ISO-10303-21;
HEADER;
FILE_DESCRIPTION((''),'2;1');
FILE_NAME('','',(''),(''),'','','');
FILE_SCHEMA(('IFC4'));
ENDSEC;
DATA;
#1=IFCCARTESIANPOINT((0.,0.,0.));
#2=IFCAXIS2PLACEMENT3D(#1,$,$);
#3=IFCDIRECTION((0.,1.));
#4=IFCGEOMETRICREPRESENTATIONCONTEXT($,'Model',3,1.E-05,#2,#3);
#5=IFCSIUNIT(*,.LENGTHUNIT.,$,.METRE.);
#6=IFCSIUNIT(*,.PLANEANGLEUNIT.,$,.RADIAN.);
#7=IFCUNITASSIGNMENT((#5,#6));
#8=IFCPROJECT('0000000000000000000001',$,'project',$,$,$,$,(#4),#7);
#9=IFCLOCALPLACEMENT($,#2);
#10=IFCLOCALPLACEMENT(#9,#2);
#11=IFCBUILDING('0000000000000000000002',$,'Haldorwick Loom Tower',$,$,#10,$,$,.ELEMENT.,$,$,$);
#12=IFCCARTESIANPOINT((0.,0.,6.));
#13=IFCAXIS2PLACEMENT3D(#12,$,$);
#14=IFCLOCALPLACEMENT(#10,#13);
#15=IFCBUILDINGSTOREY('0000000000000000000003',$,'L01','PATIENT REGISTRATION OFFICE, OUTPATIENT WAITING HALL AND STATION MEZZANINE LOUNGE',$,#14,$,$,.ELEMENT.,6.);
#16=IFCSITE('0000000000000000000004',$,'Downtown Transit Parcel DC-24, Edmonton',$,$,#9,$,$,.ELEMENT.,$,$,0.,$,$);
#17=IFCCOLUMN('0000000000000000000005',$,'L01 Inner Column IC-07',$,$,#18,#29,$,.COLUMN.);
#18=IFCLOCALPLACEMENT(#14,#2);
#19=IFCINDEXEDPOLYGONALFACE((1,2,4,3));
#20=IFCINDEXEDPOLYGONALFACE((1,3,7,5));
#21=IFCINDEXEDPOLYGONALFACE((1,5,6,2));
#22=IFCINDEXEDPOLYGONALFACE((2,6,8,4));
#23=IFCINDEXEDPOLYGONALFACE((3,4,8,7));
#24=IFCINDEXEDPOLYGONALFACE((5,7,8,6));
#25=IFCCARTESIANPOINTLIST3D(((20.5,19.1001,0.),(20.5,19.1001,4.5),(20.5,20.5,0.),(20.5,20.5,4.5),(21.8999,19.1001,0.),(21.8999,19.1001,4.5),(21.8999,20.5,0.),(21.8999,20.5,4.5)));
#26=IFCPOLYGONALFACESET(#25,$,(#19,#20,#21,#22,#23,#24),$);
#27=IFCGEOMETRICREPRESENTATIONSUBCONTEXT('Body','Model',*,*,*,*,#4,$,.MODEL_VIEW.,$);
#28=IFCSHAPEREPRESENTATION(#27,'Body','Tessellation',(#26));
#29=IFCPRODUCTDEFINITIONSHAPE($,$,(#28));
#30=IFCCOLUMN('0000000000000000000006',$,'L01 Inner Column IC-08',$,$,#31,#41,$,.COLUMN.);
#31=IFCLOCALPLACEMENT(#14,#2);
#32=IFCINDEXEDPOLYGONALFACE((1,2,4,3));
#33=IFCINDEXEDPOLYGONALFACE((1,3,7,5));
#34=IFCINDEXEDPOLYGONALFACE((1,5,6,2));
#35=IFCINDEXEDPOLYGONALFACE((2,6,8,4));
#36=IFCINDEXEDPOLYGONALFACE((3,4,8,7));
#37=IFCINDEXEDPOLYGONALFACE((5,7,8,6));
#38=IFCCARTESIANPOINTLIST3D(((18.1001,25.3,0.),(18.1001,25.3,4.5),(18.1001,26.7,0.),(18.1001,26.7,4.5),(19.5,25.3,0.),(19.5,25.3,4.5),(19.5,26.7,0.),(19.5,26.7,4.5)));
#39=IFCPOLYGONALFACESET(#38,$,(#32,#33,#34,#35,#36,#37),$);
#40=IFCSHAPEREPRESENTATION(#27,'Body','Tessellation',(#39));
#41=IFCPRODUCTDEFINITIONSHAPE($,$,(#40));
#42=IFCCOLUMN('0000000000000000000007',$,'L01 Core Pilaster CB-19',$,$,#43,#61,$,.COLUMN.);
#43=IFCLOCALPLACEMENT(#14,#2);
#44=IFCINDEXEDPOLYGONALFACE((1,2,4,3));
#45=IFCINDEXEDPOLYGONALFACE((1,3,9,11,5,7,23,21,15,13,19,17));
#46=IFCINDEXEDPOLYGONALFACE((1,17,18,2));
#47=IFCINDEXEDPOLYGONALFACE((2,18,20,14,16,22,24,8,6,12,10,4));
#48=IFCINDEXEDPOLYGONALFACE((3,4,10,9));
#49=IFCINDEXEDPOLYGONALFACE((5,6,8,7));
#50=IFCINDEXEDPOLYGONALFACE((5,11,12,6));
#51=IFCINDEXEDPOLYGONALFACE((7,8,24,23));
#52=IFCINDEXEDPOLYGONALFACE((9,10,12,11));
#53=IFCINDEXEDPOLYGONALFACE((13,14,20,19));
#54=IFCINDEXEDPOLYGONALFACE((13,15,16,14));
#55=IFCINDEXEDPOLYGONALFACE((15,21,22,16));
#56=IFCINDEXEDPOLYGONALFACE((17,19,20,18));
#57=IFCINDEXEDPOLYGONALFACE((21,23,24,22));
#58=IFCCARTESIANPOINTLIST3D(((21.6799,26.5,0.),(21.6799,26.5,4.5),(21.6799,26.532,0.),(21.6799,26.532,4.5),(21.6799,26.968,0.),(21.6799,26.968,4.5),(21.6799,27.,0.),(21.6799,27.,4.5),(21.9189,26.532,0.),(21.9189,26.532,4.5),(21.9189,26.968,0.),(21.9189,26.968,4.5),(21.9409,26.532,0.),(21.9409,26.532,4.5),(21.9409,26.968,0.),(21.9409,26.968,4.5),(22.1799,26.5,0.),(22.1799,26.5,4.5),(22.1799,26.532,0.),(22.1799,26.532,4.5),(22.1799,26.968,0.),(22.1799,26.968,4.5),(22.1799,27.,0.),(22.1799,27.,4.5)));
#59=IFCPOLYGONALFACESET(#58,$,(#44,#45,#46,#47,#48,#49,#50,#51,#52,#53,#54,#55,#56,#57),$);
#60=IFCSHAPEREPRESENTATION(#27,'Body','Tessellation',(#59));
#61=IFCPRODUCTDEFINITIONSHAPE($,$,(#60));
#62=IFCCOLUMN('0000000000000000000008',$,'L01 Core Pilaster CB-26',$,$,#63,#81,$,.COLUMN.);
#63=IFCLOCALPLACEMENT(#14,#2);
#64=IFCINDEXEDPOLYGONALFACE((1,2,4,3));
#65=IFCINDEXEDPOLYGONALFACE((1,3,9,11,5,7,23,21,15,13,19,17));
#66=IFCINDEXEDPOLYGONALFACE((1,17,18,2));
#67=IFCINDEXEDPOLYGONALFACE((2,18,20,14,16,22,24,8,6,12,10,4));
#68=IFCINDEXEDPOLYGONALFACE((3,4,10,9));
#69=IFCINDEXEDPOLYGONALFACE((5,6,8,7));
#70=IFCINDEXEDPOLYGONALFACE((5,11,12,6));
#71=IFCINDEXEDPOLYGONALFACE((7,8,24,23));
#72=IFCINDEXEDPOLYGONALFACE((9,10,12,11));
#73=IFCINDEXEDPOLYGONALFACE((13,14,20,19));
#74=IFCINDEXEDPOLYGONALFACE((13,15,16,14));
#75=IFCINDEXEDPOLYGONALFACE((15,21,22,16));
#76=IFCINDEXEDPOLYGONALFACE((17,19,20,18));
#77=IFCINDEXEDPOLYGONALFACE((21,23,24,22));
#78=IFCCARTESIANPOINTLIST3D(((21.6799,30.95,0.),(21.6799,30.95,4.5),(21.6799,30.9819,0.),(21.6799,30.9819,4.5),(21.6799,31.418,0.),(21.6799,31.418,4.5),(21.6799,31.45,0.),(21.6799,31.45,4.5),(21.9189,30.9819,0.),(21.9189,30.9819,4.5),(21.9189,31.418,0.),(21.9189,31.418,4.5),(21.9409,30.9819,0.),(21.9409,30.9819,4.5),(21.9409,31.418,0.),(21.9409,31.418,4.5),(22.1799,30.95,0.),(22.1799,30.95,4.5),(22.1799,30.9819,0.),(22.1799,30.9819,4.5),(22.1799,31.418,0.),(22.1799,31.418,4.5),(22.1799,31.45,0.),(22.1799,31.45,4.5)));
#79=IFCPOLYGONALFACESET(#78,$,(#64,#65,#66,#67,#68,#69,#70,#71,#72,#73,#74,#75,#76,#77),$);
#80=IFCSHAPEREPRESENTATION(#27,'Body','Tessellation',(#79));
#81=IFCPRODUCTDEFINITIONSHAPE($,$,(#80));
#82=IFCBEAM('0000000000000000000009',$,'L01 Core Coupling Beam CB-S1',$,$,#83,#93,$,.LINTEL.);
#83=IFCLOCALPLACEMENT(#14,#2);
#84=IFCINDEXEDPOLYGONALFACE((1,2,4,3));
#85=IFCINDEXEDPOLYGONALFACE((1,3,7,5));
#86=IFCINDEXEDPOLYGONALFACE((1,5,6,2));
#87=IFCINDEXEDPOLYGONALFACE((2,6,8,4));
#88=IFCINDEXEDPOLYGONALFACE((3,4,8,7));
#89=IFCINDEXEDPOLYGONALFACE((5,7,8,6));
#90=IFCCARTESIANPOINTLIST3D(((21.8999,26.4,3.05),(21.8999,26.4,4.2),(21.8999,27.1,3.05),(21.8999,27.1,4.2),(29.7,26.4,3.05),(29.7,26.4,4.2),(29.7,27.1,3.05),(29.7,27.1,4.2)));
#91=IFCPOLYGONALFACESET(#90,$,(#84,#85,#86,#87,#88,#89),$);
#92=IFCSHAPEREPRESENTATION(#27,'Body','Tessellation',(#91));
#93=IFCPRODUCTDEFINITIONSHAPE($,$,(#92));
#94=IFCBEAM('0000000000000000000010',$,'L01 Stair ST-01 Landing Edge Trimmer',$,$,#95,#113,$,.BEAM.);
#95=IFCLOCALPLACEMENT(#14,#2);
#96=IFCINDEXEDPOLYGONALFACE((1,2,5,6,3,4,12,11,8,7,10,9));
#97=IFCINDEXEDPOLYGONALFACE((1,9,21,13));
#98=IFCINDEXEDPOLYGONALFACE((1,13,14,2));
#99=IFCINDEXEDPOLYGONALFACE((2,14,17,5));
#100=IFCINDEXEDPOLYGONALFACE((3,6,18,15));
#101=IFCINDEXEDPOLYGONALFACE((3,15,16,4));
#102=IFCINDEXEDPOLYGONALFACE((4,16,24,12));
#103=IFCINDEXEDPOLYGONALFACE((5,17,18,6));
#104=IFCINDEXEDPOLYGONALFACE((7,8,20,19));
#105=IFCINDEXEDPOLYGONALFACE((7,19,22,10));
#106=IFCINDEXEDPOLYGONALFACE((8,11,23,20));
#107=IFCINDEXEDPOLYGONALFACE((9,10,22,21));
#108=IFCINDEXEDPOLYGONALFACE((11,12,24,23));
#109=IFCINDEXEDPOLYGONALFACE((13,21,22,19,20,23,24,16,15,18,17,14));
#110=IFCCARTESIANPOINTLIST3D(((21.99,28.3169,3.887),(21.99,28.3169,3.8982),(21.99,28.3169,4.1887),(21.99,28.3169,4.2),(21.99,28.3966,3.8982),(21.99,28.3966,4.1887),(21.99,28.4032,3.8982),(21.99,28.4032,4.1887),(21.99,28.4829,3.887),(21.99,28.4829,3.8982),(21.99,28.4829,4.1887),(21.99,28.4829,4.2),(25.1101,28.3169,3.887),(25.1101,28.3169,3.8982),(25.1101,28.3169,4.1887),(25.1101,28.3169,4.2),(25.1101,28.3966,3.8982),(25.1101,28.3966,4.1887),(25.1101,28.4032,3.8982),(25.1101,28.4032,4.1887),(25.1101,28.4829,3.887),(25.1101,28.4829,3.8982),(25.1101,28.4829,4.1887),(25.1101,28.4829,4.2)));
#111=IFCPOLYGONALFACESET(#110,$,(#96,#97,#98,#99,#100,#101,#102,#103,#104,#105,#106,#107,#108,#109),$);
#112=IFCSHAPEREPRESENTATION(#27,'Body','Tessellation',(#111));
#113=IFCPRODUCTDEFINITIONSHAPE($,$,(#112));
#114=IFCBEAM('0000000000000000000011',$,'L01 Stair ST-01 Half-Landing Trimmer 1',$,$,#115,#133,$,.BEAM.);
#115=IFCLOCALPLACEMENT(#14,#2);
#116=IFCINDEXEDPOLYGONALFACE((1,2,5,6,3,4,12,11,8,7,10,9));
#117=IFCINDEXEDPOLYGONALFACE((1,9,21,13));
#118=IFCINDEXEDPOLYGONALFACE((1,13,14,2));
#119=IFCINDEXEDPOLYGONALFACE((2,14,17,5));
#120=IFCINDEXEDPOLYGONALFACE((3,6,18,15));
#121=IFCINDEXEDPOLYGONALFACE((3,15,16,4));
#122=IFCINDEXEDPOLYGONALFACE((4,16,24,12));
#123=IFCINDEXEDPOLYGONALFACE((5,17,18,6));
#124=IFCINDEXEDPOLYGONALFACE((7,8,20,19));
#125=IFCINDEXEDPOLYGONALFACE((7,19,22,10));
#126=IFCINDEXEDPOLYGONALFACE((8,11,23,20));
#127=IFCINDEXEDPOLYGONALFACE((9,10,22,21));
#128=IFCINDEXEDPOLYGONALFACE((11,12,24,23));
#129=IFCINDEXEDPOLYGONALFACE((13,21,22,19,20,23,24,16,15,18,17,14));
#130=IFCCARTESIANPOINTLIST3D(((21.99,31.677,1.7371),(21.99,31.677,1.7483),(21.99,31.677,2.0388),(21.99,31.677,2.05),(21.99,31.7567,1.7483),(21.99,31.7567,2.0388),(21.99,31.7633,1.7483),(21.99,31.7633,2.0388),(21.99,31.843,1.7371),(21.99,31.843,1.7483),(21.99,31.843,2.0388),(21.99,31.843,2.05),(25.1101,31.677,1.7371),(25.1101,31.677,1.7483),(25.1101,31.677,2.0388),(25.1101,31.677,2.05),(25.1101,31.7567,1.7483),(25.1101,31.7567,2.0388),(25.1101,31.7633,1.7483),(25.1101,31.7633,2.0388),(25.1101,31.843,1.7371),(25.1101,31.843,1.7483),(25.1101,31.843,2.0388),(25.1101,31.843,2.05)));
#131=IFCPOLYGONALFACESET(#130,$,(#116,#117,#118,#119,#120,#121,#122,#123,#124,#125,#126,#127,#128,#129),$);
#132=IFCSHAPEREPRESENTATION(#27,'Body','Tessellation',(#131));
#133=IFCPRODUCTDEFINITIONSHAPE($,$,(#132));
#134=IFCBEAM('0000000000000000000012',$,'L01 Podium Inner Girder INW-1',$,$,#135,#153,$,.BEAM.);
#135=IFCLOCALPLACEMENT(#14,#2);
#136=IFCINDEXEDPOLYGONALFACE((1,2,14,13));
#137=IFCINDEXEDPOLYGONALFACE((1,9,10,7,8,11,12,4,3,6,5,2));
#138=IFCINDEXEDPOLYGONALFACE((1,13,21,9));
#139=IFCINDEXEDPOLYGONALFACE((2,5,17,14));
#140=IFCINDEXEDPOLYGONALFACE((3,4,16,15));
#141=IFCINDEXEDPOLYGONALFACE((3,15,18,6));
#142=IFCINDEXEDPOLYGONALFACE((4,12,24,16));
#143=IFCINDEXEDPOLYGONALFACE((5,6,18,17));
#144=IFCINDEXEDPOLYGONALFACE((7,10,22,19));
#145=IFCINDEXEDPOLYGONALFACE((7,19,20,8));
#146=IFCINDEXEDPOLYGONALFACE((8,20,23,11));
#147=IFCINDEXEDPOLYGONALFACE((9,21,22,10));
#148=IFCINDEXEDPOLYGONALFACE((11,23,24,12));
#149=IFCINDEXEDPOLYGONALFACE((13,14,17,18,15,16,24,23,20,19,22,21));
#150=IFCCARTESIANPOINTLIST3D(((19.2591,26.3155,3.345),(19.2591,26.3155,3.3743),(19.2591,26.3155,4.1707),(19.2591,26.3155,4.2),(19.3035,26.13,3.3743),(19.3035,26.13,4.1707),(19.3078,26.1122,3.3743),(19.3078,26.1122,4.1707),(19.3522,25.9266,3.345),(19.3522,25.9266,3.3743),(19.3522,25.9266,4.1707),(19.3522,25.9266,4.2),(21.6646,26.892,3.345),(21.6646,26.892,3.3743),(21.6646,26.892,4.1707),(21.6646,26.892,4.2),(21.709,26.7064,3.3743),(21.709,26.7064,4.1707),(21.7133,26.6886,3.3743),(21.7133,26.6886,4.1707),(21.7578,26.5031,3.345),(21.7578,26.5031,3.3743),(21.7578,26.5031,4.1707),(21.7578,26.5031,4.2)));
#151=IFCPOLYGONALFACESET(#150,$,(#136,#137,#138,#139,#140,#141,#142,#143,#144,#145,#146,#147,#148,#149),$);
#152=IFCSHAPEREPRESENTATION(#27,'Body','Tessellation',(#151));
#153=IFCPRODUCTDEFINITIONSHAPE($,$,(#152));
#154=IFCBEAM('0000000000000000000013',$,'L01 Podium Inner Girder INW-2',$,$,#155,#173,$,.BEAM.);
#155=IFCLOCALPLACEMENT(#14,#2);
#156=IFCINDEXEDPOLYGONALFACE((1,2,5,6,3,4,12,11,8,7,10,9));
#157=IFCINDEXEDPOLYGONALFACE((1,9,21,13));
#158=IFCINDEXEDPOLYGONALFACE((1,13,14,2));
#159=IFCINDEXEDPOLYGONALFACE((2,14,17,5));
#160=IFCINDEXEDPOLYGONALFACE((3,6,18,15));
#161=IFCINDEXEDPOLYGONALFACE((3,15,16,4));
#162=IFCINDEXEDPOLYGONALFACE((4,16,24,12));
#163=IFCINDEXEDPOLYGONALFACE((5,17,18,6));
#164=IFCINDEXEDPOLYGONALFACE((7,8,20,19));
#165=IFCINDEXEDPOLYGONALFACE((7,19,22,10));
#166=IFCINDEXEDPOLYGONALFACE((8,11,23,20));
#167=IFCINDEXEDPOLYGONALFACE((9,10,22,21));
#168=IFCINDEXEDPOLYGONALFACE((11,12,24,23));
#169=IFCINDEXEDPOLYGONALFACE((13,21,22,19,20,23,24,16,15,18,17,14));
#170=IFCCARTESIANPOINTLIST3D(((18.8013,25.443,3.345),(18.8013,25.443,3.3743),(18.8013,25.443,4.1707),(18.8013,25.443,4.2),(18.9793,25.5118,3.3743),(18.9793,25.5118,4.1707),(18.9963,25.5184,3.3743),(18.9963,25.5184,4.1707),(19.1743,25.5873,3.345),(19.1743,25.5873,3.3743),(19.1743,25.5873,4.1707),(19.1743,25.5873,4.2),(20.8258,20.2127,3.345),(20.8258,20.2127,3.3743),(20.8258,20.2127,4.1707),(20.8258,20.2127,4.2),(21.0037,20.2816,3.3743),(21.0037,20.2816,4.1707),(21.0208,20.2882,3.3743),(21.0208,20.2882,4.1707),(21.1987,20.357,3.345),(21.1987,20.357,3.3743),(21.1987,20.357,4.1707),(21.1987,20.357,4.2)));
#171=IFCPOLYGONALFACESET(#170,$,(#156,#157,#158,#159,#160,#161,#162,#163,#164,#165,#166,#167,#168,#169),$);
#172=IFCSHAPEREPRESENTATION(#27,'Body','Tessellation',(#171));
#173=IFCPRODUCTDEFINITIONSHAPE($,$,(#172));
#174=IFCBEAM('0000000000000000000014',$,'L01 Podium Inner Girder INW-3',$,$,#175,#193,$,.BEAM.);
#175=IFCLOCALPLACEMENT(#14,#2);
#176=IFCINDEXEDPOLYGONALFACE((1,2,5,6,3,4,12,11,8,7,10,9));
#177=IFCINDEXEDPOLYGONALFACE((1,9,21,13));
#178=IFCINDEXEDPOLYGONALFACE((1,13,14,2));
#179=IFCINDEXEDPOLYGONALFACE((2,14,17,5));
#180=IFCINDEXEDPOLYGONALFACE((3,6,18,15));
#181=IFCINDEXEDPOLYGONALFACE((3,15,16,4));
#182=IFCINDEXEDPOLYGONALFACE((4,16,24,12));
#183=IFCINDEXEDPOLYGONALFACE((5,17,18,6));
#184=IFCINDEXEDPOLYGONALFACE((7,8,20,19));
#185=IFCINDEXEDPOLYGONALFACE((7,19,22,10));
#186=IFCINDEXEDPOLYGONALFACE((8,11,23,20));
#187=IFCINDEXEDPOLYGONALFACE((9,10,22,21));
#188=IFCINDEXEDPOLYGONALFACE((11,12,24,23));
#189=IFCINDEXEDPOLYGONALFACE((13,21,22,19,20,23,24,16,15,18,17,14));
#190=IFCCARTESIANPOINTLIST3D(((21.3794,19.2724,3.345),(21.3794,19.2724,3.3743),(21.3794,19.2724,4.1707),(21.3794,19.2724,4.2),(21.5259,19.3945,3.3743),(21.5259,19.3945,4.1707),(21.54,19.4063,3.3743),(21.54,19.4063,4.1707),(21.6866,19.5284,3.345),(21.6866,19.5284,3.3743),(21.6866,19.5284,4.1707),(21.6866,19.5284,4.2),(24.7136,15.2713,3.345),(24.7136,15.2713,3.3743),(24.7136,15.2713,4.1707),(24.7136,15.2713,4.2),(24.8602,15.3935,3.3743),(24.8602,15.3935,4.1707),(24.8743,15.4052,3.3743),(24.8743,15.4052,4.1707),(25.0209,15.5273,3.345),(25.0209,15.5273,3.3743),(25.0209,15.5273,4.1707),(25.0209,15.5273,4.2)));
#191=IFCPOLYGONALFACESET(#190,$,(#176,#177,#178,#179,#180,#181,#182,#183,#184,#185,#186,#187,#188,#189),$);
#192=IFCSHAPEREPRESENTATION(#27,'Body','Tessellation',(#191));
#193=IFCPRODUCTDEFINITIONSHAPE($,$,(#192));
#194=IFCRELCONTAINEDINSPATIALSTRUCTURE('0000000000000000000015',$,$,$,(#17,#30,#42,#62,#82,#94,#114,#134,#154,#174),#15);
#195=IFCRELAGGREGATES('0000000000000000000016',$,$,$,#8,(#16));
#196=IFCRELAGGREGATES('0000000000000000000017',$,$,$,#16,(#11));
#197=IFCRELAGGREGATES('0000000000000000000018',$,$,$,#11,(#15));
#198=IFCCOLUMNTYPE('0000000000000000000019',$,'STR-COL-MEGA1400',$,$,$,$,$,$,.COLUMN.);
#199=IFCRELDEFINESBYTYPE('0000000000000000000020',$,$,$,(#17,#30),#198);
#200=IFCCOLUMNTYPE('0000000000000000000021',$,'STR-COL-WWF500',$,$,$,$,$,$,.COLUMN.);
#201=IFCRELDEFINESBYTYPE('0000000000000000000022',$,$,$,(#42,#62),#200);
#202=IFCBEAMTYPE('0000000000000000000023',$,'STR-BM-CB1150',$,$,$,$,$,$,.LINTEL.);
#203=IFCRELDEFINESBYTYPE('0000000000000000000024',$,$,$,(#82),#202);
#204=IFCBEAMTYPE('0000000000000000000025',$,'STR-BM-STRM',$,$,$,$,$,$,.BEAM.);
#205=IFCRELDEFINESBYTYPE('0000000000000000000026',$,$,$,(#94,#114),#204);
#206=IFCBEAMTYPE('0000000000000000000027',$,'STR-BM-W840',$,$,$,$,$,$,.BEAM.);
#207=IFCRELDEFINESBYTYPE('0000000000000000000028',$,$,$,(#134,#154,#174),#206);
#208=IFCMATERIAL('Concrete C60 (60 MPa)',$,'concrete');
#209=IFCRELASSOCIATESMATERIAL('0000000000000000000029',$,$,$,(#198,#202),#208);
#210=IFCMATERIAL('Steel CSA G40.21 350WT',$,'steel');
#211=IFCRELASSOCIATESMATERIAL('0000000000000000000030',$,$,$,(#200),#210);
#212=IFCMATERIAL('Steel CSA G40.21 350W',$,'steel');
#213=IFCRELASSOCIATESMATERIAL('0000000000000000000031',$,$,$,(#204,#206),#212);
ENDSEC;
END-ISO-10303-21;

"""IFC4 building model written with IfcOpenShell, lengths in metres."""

from ifc_helpers import new_model, si_unit, direction, frame, origin, origin_2d, place, context, subcontext, project, spatial, rectangle, i_section, extrude, material, material_profile, profile_set, type_object, element, save


model = new_model("IFC4")

# Units and contexts
model_context = context("Model", 3, precision=1e-05, world=origin(), true_north=direction((0.0, 1.0)))
body_context = subcontext(model_context, "Body", "Model", "MODEL_VIEW")
ifc_project = project(units=[si_unit("LENGTHUNIT", "METRE"), si_unit("PLANEANGLEUNIT", "RADIAN")], contexts=[model_context])

# Site, building, storey
site_placement = place(None, origin())
site = spatial("IfcSite", under=ifc_project, at=site_placement, Name="Downtown Transit Parcel DC-24, Edmonton", CompositionType="ELEMENT", RefElevation=0.0)
building_placement = place(site_placement, origin())
building = spatial("IfcBuilding", under=site, at=building_placement, Name="Haldorwick Loom Tower", CompositionType="ELEMENT")
storey_placement = place(building_placement, frame((0.0, 0.0, 6.0)))
storey = spatial("IfcBuildingStorey", under=building, at=storey_placement, Name="L01", Description="PATIENT REGISTRATION OFFICE, OUTPATIENT WAITING HALL AND STATION MEZZANINE LOUNGE", CompositionType="ELEMENT", Elevation=6.0)

# Columns
ifc_material_1 = material(Name="Concrete C60 (60 MPa)", Category="concrete")
ifc_material_profile_1 = material_profile(ifc_material_1, rectangle(XDim=1.3999, YDim=1.3999, at=origin_2d()), Name="RC1400X1400", Category="concrete")
ifc_profile_set_1 = profile_set([ifc_material_profile_1], Name="Concrete C60 (60 MPa)")
column_type_1 = type_object("IfcColumnType", Name="STR-COL-MEGA1400", PredefinedType="COLUMN", material=ifc_profile_set_1)
for number, where, z_axis, x_axis, name in (
    (1, (21.2, 19.8, 0.0), (0.0, 0.0, 1.0), (1.0, 0.0, 0.0), "L01 Inner Column IC-07"),
    (2, (18.8, 26.0, 0.0), (0.0, 0.0, 1.0), (1.0, 0.0, 0.0), "L01 Inner Column IC-08"),
):
    element("IfcColumn", number, at=place(storey_placement, frame(where, z_axis=z_axis, x_axis=x_axis)), inside=storey, type_object=column_type_1, Name=name, PredefinedType="COLUMN", context=body_context, shape_type="SweptSolid", body=[
        extrude(rectangle(XDim=1.3999, YDim=1.3999, at=origin_2d()), origin(), (0.0, 0.0, 1.0), 4.5),
    ])
ifc_material_2 = material(Name="Steel CSA G40.21 350WT", Category="steel")
ifc_material_profile_2 = material_profile(ifc_material_2, i_section(OverallWidth=0.5, OverallDepth=0.5, WebThickness=0.022, FlangeThickness=0.032, at=origin_2d()), Name="WWF500X500", Category="steel")
ifc_profile_set_2 = profile_set([ifc_material_profile_2], Name="Steel CSA G40.21 350WT")
column_type_2 = type_object("IfcColumnType", Name="STR-COL-WWF500", PredefinedType="COLUMN", material=ifc_profile_set_2)
for number, where, z_axis, x_axis, name in (
    (3, (21.9299, 26.75, 0.0), (0.0, 0.0, 1.0), (1.0, 0.0, 0.0), "L01 Core Pilaster CB-19"),
    (4, (21.9299, 31.2, 0.0), (0.0, 0.0, 1.0), (1.0, 0.0, 0.0), "L01 Core Pilaster CB-26"),
):
    element("IfcColumn", number, at=place(storey_placement, frame(where, z_axis=z_axis, x_axis=x_axis)), inside=storey, type_object=column_type_2, Name=name, PredefinedType="COLUMN", context=body_context, shape_type="SweptSolid", body=[
        extrude(i_section(OverallWidth=0.5, OverallDepth=0.5, WebThickness=0.022, FlangeThickness=0.032, at=origin_2d()), origin(), (0.0, 0.0, 1.0), 4.5),
    ])

# Beams
ifc_material_profile_3 = material_profile(ifc_material_1, rectangle(XDim=0.7, YDim=1.1499, at=origin_2d()), Name="RC700X1150", Category="concrete")
ifc_profile_set_3 = profile_set([ifc_material_profile_3], Name="Concrete C60 (60 MPa)")
beam_type_1 = type_object("IfcBeamType", Name="STR-BM-CB1150", PredefinedType="LINTEL", material=ifc_profile_set_3)
beam_1_placement = place(storey_placement, frame((21.8999, 26.75, 3.625), z_axis=(1.0, 0.0, 0.0), x_axis=(0.0, 1.0, 0.0)))
element("IfcBeam", 5, at=beam_1_placement, inside=storey, type_object=beam_type_1, Name="L01 Core Coupling Beam CB-S1", PredefinedType="LINTEL", context=body_context, shape_type="SweptSolid", body=[
    extrude(rectangle(XDim=0.7, YDim=1.1499, at=origin_2d()), origin(), (0.0, 0.0, 1.0), 7.8),
])
ifc_material_3 = material(Name="Steel CSA G40.21 350W", Category="steel")
ifc_material_profile_4 = material_profile(ifc_material_3, i_section(OverallWidth=0.166, OverallDepth=0.313, WebThickness=0.0066, FlangeThickness=0.0112, at=origin_2d()), Name="W310X45", Category="steel")
ifc_profile_set_4 = profile_set([ifc_material_profile_4], Name="Steel CSA G40.21 350W")
beam_type_2 = type_object("IfcBeamType", Name="STR-BM-STRM", PredefinedType="BEAM", material=ifc_profile_set_4)
for number, where, z_axis, x_axis, name in (
    (6, (21.99, 28.3999, 4.0435), (1.0, 0.0, 0.0), (0.0, 1.0, 0.0), "L01 Stair ST-01 Landing Edge Trimmer"),
    (7, (21.99, 31.76, 1.8936), (1.0, 0.0, 0.0), (0.0, 1.0, 0.0), "L01 Stair ST-01 Half-Landing Trimmer 1"),
):
    element("IfcBeam", number, at=place(storey_placement, frame(where, z_axis=z_axis, x_axis=x_axis)), inside=storey, type_object=beam_type_2, Name=name, PredefinedType="BEAM", context=body_context, shape_type="SweptSolid", body=[
        extrude(i_section(OverallWidth=0.166, OverallDepth=0.313, WebThickness=0.0066, FlangeThickness=0.0112, at=origin_2d()), origin(), (0.0, 0.0, 1.0), 3.1201),
    ])
ifc_material_profile_5 = material_profile(ifc_material_3, i_section(OverallWidth=0.3999, OverallDepth=0.855, WebThickness=0.0183, FlangeThickness=0.0293, at=origin_2d()), Name="W840X299", Category="steel")
ifc_profile_set_5 = profile_set([ifc_material_profile_5], Name="Steel CSA G40.21 350W")
beam_type_3 = type_object("IfcBeamType", Name="STR-BM-W840", PredefinedType="BEAM", material=ifc_profile_set_5)
beam_2_placement = place(storey_placement, frame((21.7112, 26.6975, 3.7725), z_axis=(-0.972471, -0.233026, 0.0), x_axis=(0.233026, -0.972471, 0.0)))
element("IfcBeam", 8, at=beam_2_placement, inside=storey, type_object=beam_type_3, Name="L01 Podium Inner Girder INW-1", PredefinedType="BEAM", context=body_context, shape_type="SweptSolid", body=[
    extrude(i_section(OverallWidth=0.3999, OverallDepth=0.855, WebThickness=0.0183, FlangeThickness=0.0293, at=origin_2d()), origin(), (0.0, 0.0, 1.0), 2.4736),
])
beam_3_placement = place(storey_placement, frame((18.9878, 25.5151, 3.7725), z_axis=(0.360965, -0.932579, 0.0), x_axis=(0.932579, 0.360965, 0.0)))
element("IfcBeam", 9, at=beam_3_placement, inside=storey, type_object=beam_type_3, Name="L01 Podium Inner Girder INW-2", PredefinedType="BEAM", context=body_context, shape_type="SweptSolid", body=[
    extrude(i_section(OverallWidth=0.3999, OverallDepth=0.855, WebThickness=0.0183, FlangeThickness=0.0293, at=origin_2d()), origin(), (0.0, 0.0, 1.0), 5.6084),
])
beam_4_placement = place(storey_placement, frame((21.533, 19.4004, 3.7725), z_axis=(0.640194, -0.768214, 0.0), x_axis=(0.768214, 0.640194, 0.0)))
element("IfcBeam", 10, at=beam_4_placement, inside=storey, type_object=beam_type_3, Name="L01 Podium Inner Girder INW-3", PredefinedType="BEAM", context=body_context, shape_type="SweptSolid", body=[
    extrude(i_section(OverallWidth=0.3999, OverallDepth=0.855, WebThickness=0.0183, FlangeThickness=0.0293, at=origin_2d()), origin(), (0.0, 0.0, 1.0), 5.2083),
])

save(model, "model.ifc")
